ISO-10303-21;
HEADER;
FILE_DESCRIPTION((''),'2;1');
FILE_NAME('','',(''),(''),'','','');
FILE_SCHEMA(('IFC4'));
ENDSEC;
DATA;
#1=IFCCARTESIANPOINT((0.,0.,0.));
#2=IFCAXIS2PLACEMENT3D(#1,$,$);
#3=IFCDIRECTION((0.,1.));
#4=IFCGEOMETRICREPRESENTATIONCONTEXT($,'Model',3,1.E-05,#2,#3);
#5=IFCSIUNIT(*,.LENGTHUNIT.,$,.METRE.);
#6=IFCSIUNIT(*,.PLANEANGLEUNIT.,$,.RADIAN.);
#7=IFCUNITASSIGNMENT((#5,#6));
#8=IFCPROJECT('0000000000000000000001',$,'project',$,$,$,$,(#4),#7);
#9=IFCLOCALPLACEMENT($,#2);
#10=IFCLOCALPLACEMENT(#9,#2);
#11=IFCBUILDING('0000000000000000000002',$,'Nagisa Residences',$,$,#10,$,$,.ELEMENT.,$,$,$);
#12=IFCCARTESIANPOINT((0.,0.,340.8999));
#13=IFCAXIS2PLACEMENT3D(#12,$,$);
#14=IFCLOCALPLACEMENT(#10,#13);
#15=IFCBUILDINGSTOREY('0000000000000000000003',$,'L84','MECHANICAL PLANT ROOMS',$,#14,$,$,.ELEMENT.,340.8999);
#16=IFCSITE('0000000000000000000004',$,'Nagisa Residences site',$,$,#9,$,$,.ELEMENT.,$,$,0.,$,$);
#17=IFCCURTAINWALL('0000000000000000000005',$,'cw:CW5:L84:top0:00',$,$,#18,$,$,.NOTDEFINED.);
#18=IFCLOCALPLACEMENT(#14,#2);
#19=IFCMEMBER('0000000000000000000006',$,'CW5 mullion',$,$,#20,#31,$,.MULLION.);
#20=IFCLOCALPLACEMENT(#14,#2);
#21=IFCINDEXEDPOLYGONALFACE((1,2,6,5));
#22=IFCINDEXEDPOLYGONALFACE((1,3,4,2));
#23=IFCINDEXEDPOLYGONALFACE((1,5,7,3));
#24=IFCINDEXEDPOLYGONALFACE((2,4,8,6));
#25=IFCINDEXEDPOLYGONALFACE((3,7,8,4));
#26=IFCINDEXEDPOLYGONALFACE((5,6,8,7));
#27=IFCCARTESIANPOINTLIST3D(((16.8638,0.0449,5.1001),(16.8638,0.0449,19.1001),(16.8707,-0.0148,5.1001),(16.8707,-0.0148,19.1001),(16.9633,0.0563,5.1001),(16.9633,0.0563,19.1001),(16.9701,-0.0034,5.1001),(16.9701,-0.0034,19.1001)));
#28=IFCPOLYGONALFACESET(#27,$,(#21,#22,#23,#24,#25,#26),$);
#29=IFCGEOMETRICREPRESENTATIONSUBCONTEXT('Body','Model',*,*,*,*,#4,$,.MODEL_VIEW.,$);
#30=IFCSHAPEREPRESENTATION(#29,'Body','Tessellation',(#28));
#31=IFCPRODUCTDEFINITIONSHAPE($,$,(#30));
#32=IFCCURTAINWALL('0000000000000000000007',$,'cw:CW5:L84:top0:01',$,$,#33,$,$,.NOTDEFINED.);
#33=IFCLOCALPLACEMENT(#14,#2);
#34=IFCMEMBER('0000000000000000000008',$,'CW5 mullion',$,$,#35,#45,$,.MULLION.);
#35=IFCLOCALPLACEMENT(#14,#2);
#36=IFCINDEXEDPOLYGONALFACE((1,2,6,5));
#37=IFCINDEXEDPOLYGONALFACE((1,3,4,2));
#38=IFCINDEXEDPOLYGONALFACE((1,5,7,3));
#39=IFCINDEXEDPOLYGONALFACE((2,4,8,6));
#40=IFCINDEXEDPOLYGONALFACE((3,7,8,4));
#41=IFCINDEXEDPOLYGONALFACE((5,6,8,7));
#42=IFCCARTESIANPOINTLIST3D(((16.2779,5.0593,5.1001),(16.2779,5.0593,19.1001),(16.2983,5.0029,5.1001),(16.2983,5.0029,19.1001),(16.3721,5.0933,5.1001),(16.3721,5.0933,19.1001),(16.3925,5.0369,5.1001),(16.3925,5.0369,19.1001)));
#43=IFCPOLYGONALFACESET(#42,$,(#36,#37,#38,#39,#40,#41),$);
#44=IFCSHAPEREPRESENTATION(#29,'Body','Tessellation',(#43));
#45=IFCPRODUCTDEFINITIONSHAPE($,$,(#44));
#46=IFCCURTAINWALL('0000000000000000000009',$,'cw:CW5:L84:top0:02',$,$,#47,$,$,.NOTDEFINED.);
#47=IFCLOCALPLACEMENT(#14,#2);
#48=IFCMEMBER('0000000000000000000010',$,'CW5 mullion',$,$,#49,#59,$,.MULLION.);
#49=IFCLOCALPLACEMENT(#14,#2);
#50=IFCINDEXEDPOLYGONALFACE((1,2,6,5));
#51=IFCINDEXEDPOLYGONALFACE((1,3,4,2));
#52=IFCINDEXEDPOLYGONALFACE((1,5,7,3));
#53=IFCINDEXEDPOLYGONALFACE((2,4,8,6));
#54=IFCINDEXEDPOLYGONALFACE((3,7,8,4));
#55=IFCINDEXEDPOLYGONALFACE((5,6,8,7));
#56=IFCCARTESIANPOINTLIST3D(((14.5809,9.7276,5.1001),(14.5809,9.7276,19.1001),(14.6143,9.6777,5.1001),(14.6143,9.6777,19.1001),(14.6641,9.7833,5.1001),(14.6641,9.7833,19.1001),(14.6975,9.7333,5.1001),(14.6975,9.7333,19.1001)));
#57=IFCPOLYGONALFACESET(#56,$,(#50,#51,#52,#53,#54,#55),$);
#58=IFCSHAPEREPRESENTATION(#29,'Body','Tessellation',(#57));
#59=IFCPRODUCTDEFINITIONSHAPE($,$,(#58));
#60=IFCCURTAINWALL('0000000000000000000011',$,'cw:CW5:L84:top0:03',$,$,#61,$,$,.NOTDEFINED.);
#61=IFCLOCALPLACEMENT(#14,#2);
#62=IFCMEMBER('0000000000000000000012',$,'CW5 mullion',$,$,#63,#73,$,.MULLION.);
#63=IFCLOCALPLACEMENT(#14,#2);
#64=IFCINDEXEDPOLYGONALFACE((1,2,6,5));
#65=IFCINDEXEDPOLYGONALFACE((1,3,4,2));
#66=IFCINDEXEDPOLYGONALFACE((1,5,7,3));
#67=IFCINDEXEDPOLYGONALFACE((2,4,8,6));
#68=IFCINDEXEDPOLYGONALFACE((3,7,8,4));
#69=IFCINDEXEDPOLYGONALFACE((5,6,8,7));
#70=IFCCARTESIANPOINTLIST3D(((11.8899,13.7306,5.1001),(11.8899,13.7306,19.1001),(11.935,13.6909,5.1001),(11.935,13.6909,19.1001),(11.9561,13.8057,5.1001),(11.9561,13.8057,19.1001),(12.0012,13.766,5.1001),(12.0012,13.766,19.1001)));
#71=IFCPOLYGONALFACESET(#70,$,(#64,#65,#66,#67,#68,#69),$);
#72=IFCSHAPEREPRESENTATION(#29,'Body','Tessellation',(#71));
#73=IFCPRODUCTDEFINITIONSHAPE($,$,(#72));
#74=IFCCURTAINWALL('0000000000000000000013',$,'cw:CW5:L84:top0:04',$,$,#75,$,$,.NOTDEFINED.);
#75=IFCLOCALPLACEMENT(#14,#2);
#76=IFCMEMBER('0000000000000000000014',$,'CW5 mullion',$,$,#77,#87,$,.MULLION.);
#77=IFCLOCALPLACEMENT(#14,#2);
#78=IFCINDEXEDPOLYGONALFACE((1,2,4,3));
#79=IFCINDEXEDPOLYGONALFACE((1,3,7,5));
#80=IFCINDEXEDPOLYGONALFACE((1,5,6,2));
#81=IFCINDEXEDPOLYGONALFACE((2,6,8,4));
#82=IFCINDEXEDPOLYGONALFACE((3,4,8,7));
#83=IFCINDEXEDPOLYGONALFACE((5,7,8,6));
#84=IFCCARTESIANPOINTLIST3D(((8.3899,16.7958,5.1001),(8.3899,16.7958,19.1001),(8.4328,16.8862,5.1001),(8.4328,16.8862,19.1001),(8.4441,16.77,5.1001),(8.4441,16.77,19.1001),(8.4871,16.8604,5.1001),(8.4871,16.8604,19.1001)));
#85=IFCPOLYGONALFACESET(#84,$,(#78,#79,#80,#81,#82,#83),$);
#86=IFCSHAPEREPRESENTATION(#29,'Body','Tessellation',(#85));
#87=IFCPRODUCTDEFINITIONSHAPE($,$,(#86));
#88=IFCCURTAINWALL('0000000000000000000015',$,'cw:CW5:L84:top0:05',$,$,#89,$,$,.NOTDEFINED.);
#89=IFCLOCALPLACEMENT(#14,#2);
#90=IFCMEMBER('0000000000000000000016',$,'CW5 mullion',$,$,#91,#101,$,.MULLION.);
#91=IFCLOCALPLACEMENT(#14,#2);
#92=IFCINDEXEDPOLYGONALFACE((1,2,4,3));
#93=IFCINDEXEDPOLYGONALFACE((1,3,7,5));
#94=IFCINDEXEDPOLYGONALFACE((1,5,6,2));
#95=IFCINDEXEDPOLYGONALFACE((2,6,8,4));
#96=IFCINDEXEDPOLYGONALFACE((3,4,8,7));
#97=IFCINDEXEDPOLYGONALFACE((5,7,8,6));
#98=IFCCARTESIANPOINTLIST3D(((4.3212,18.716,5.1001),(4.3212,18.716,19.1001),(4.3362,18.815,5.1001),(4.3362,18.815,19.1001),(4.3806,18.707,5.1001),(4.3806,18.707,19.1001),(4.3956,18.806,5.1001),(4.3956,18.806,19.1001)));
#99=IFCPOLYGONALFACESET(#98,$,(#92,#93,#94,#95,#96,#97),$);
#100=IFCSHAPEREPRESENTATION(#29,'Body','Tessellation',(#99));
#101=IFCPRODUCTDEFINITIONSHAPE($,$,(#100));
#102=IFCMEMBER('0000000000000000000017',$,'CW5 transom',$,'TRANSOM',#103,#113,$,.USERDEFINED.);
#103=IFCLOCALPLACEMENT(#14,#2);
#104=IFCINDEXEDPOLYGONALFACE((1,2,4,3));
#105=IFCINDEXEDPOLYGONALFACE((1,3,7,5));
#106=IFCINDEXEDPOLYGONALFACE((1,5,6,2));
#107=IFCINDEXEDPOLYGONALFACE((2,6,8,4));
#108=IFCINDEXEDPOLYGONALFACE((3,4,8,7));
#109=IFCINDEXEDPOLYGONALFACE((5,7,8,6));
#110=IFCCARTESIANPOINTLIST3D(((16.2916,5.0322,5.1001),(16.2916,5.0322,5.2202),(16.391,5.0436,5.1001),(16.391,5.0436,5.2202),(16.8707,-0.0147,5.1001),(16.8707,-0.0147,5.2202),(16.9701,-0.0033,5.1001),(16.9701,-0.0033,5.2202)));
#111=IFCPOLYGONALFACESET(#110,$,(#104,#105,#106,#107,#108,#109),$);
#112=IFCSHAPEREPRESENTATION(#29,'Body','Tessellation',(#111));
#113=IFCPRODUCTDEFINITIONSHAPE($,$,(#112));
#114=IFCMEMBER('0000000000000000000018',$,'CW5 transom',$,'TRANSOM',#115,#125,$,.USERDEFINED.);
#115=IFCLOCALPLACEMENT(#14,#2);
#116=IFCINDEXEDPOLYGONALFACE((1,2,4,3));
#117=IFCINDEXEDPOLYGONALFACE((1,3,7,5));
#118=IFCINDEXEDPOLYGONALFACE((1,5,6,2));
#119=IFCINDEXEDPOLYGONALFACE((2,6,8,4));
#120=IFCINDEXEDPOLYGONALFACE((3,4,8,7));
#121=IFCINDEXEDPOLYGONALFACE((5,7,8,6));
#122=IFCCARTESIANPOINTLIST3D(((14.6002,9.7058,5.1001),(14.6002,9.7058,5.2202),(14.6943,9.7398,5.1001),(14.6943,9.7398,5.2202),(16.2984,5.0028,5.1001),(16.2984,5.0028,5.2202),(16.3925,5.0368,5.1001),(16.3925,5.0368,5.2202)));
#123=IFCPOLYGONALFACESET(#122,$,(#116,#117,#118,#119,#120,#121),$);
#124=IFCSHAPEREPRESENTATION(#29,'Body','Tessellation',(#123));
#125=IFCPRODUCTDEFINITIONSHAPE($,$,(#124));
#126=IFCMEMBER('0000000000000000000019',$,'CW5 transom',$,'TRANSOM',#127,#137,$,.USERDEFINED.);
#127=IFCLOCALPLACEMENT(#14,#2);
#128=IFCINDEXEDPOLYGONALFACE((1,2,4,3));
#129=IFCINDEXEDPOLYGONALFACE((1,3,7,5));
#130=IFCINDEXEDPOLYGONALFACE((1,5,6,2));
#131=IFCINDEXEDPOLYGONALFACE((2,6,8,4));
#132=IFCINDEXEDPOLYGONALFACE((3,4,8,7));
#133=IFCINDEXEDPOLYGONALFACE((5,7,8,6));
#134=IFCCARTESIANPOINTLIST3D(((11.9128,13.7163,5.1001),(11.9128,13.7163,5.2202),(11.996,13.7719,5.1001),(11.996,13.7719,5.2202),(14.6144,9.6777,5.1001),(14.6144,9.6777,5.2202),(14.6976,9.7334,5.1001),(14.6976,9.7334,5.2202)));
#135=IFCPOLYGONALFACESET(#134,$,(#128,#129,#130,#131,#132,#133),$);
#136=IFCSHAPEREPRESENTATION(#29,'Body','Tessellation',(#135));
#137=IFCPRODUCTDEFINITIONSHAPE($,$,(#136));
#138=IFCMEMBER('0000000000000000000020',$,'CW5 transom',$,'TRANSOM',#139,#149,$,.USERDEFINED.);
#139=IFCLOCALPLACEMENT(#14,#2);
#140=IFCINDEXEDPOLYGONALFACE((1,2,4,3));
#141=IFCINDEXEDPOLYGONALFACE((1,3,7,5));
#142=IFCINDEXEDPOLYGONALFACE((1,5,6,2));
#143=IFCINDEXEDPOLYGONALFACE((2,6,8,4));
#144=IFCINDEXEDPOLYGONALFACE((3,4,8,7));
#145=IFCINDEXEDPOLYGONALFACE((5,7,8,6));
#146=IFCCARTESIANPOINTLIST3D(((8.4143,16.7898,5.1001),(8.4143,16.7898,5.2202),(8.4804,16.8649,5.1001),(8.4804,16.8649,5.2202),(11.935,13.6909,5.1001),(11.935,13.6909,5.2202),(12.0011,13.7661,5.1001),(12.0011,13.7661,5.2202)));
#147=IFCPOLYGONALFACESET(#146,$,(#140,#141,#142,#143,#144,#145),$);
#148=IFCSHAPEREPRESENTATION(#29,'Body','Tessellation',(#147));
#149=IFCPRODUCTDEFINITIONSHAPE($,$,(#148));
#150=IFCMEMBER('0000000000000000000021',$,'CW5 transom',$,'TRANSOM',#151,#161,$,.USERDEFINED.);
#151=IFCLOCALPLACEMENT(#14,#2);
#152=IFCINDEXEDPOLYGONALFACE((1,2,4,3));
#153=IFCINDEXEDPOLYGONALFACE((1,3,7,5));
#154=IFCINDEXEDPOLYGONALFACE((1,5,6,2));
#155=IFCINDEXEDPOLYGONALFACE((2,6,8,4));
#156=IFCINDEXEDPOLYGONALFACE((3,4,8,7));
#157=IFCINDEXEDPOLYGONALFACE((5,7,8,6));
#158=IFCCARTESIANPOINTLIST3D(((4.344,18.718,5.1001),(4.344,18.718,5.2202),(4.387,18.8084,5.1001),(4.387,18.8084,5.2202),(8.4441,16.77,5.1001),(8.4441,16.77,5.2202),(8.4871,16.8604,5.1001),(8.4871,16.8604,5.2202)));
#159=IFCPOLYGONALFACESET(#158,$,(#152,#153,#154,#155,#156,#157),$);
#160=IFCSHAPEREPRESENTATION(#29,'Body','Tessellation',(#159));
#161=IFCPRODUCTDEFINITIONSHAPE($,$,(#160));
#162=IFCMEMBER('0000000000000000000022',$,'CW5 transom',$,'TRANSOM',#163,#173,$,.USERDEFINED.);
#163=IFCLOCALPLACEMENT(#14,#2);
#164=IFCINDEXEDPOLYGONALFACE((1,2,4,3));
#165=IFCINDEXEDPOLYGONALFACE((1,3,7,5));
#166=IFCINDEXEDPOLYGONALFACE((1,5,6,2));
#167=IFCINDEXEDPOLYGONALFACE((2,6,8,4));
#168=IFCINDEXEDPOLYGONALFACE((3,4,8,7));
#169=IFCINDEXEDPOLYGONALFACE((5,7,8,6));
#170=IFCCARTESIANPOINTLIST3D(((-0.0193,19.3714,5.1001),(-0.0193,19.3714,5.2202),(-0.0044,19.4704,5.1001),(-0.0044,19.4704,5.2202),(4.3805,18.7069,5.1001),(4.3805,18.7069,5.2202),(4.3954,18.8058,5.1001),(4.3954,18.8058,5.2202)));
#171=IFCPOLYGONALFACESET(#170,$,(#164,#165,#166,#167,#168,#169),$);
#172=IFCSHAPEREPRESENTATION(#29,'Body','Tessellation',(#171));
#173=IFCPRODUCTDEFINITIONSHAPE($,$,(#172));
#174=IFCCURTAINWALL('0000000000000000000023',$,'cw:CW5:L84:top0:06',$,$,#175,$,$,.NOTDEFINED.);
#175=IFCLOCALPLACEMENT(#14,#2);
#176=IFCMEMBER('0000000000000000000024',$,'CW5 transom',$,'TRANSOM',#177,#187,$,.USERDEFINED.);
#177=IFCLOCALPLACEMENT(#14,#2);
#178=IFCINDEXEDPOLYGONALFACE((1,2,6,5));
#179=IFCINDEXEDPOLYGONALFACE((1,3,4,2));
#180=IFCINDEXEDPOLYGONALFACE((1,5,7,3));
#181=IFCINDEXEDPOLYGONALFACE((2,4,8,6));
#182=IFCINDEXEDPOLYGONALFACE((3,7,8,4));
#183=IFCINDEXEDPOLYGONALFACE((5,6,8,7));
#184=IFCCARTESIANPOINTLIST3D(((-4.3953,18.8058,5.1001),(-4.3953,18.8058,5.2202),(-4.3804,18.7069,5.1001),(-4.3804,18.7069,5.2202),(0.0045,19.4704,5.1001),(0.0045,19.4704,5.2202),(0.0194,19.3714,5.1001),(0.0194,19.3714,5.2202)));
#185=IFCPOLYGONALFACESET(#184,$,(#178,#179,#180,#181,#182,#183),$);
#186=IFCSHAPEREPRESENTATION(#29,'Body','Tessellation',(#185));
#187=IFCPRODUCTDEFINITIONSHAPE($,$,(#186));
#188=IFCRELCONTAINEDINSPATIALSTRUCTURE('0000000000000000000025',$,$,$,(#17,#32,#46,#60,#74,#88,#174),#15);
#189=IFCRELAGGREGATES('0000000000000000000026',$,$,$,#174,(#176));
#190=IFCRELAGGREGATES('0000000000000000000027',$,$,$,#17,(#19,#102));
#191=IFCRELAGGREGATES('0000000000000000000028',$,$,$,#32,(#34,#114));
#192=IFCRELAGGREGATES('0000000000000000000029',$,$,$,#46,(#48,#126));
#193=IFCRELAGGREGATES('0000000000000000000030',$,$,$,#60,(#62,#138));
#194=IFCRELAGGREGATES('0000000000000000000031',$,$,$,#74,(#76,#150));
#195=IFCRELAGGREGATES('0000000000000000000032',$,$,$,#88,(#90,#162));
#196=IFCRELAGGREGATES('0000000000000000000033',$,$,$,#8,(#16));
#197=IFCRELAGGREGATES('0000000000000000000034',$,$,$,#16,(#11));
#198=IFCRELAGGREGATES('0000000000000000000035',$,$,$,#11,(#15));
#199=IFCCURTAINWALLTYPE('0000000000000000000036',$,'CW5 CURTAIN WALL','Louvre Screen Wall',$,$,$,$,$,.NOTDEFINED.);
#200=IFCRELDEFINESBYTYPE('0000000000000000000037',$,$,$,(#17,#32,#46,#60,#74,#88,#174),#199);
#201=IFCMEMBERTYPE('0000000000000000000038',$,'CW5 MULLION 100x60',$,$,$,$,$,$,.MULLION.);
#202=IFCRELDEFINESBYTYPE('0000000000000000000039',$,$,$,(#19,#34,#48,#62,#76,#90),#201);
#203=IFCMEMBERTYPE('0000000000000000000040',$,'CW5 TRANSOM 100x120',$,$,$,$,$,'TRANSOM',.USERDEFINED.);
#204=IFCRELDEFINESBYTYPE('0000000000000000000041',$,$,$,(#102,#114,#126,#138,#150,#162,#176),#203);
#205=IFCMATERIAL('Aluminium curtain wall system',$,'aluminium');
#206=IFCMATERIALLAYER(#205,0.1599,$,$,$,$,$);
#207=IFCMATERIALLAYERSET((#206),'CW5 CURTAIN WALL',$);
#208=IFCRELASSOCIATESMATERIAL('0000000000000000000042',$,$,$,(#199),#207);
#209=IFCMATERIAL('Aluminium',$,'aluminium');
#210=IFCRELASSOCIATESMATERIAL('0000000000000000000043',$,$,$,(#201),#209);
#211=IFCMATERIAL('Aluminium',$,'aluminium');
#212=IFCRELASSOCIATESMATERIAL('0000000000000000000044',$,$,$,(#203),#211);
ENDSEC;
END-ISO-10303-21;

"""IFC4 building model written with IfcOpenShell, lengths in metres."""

from ifc_helpers import new_model, si_unit, direction, frame, origin, origin_2d, place, context, subcontext, project, spatial, rectangle, extrude, material, layer, layer_set, material_profile, profile_set, type_object, element, aggregate, save


model = new_model("IFC4")

# Units and contexts
model_context = context("Model", 3, precision=1e-05, world=origin(), true_north=direction((0.0, 1.0)))
body_context = subcontext(model_context, "Body", "Model", "MODEL_VIEW")
ifc_project = project(units=[si_unit("LENGTHUNIT", "METRE"), si_unit("PLANEANGLEUNIT", "RADIAN")], contexts=[model_context])

# Site, building, storey
site_placement = place(None, origin())
site = spatial("IfcSite", under=ifc_project, at=site_placement, Name="Nagisa Residences site", CompositionType="ELEMENT", RefElevation=0.0)
building_placement = place(site_placement, origin())
building = spatial("IfcBuilding", under=site, at=building_placement, Name="Nagisa Residences", CompositionType="ELEMENT")
storey_placement = place(building_placement, frame((0.0, 0.0, 340.8999)))
storey = spatial("IfcBuildingStorey", under=building, at=storey_placement, Name="L84", Description="MECHANICAL PLANT ROOMS", CompositionType="ELEMENT", Elevation=340.8999)

# Curtain walls, members
ifc_material_1 = material(Name="Aluminium curtain wall system", Category="aluminium")
ifc_layer_1 = layer(ifc_material_1, 0.1599)
ifc_layer_set_1 = layer_set([ifc_layer_1], Name="CW5 CURTAIN WALL")
curtain_wall_type = type_object("IfcCurtainWallType", Name="CW5 CURTAIN WALL", Description="Louvre Screen Wall", PredefinedType="NOTDEFINED", material=ifc_layer_set_1)
curtain_wall_1_placement = place(storey_placement, origin())
curtain_wall_1 = element("IfcCurtainWall", 1, at=curtain_wall_1_placement, inside=storey, type_object=curtain_wall_type, Name="cw:CW5:L84:top0:00", PredefinedType="NOTDEFINED")
ifc_material_2 = material(Name="Aluminium", Category="aluminium")
ifc_material_profile_1 = material_profile(ifc_material_2, rectangle(XDim=0.1001, YDim=0.0601, at=origin_2d()), Name="CW5 MULLION 100x60")
ifc_profile_set_1 = profile_set([ifc_material_profile_1], Name="Aluminium")
member_type_1 = type_object("IfcMemberType", Name="CW5 MULLION 100x60", PredefinedType="MULLION", material=ifc_profile_set_1)
member_1_placement = place(storey_placement, frame((16.917, 0.0208, 5.1001), z_axis=(0.0, 0.0, 1.0), x_axis=(-0.993478, -0.114025, 0.0)))
member_1 = element("IfcMember", 2, at=member_1_placement, type_object=member_type_1, Name="CW5 mullion", PredefinedType="MULLION", context=body_context, shape_type="SweptSolid", body=[
    extrude(rectangle(XDim=0.1001, YDim=0.0601, at=origin_2d()), origin(), (0.0, 0.0, 1.0), 14.0),
])
curtain_wall_2_placement = place(storey_placement, origin())
curtain_wall_2 = element("IfcCurtainWall", 3, at=curtain_wall_2_placement, inside=storey, type_object=curtain_wall_type, Name="cw:CW5:L84:top0:01", PredefinedType="NOTDEFINED")
member_2_placement = place(storey_placement, frame((16.3352, 5.0481, 5.1001), z_axis=(0.0, 0.0, 1.0), x_axis=(-0.940554, -0.339643, 0.0)))
member_2 = element("IfcMember", 4, at=member_2_placement, type_object=member_type_1, Name="CW5 mullion", PredefinedType="MULLION", context=body_context, shape_type="SweptSolid", body=[
    extrude(rectangle(XDim=0.1001, YDim=0.0601, at=origin_2d()), origin(), (0.0, 0.0, 1.0), 14.0),
])
curtain_wall_3_placement = place(storey_placement, origin())
curtain_wall_3 = element("IfcCurtainWall", 5, at=curtain_wall_3_placement, inside=storey, type_object=curtain_wall_type, Name="cw:CW5:L84:top0:02", PredefinedType="NOTDEFINED")
member_3_placement = place(storey_placement, frame((14.6392, 9.7305, 5.1001), z_axis=(0.0, 0.0, 1.0), x_axis=(-0.831173, -0.556014, 0.0)))
member_3 = element("IfcMember", 6, at=member_3_placement, type_object=member_type_1, Name="CW5 mullion", PredefinedType="MULLION", context=body_context, shape_type="SweptSolid", body=[
    extrude(rectangle(XDim=0.1001, YDim=0.0601, at=origin_2d()), origin(), (0.0, 0.0, 1.0), 14.0),
])
curtain_wall_4_placement = place(storey_placement, origin())
curtain_wall_4 = element("IfcCurtainWall", 7, at=curtain_wall_4_placement, inside=storey, type_object=curtain_wall_type, Name="cw:CW5:L84:top0:03", PredefinedType="NOTDEFINED")
member_4_placement = place(storey_placement, frame((11.9456, 13.7483, 5.1001), z_axis=(0.0, 0.0, 1.0), x_axis=(-0.660699, -0.750651, 0.0)))
member_4 = element("IfcMember", 8, at=member_4_placement, type_object=member_type_1, Name="CW5 mullion", PredefinedType="MULLION", context=body_context, shape_type="SweptSolid", body=[
    extrude(rectangle(XDim=0.1001, YDim=0.0601, at=origin_2d()), origin(), (0.0, 0.0, 1.0), 14.0),
])
curtain_wall_5_placement = place(storey_placement, origin())
curtain_wall_5 = element("IfcCurtainWall", 9, at=curtain_wall_5_placement, inside=storey, type_object=curtain_wall_type, Name="cw:CW5:L84:top0:04", PredefinedType="NOTDEFINED")
member_5_placement = place(storey_placement, frame((8.4385, 16.8281, 5.1001), z_axis=(0.0, 0.0, 1.0), x_axis=(-0.429151, -0.903233, 0.0)))
member_5 = element("IfcMember", 10, at=member_5_placement, type_object=member_type_1, Name="CW5 mullion", PredefinedType="MULLION", context=body_context, shape_type="SweptSolid", body=[
    extrude(rectangle(XDim=0.1001, YDim=0.0601, at=origin_2d()), origin(), (0.0, 0.0, 1.0), 14.0),
])
curtain_wall_6_placement = place(storey_placement, origin())
curtain_wall_6 = element("IfcCurtainWall", 11, at=curtain_wall_6_placement, inside=storey, type_object=curtain_wall_type, Name="cw:CW5:L84:top0:05", PredefinedType="NOTDEFINED")
member_6_placement = place(storey_placement, frame((4.3584, 18.761, 5.1001), z_axis=(0.0, 0.0, 1.0), x_axis=(-0.14932, -0.988789, 0.0)))
member_6 = element("IfcMember", 12, at=member_6_placement, type_object=member_type_1, Name="CW5 mullion", PredefinedType="MULLION", context=body_context, shape_type="SweptSolid", body=[
    extrude(rectangle(XDim=0.1001, YDim=0.0601, at=origin_2d()), origin(), (0.0, 0.0, 1.0), 14.0),
])

# Members
ifc_material_3 = material(Name="Aluminium", Category="aluminium")
ifc_material_profile_2 = material_profile(ifc_material_3, rectangle(XDim=0.1001, YDim=0.1201, at=origin_2d()), Name="CW5 TRANSOM 100x120")
ifc_profile_set_2 = profile_set([ifc_material_profile_2], Name="Aluminium")
member_type_2 = type_object("IfcMemberType", Name="CW5 TRANSOM 100x120", ElementType="TRANSOM", PredefinedType="USERDEFINED", material=ifc_profile_set_2)
member_7_placement = place(storey_placement, frame((16.9204, -0.009, 5.1602), z_axis=(-0.113997, 0.993481, 0.0), x_axis=(-0.993481, -0.113997, 0.0)))
member_7 = element("IfcMember", 13, at=member_7_placement, type_object=member_type_2, Name="CW5 transom", ObjectType="TRANSOM", PredefinedType="USERDEFINED", context=body_context, shape_type="SweptSolid", body=[
    extrude(rectangle(XDim=0.1001, YDim=0.1201, at=origin_2d()), origin(), (0.0, 0.0, 1.0), 5.0801),
])
member_8_placement = place(storey_placement, frame((16.3455, 5.0198, 5.1602), z_axis=(-0.339625, 0.940561, 0.0), x_axis=(-0.940561, -0.339625, 0.0)))
member_8 = element("IfcMember", 14, at=member_8_placement, type_object=member_type_2, Name="CW5 transom", ObjectType="TRANSOM", PredefinedType="USERDEFINED", context=body_context, shape_type="SweptSolid", body=[
    extrude(rectangle(XDim=0.1001, YDim=0.1201, at=origin_2d()), origin(), (0.0, 0.0, 1.0), 5.0002),
])
member_9_placement = place(storey_placement, frame((14.656, 9.7056, 5.1602), z_axis=(-0.556021, 0.831168, 0.0), x_axis=(-0.831168, -0.556021, 0.0)))
member_9 = element("IfcMember", 15, at=member_9_placement, type_object=member_type_2, Name="CW5 transom", ObjectType="TRANSOM", PredefinedType="USERDEFINED", context=body_context, shape_type="SweptSolid", body=[
    extrude(rectangle(XDim=0.1001, YDim=0.1201, at=origin_2d()), origin(), (0.0, 0.0, 1.0), 4.8589),
])
member_10_placement = place(storey_placement, frame((11.968, 13.7285, 5.1602), z_axis=(-0.750648, 0.660702, 0.0), x_axis=(-0.660702, -0.750648, 0.0)))
member_10 = element("IfcMember", 16, at=member_10_placement, type_object=member_type_2, Name="CW5 transom", ObjectType="TRANSOM", PredefinedType="USERDEFINED", context=body_context, shape_type="SweptSolid", body=[
    extrude(rectangle(XDim=0.1001, YDim=0.1201, at=origin_2d()), origin(), (0.0, 0.0, 1.0), 4.6902),
])
member_11_placement = place(storey_placement, frame((8.4656, 16.8152, 5.1602), z_axis=(-0.903239, 0.429138, 0.0), x_axis=(-0.429138, -0.903239, 0.0)))
member_11 = element("IfcMember", 17, at=member_11_placement, type_object=member_type_2, Name="CW5 transom", ObjectType="TRANSOM", PredefinedType="USERDEFINED", context=body_context, shape_type="SweptSolid", body=[
    extrude(rectangle(XDim=0.1001, YDim=0.1201, at=origin_2d()), origin(), (0.0, 0.0, 1.0), 4.5393),
])
member_12_placement = place(storey_placement, frame((4.3879, 18.7563, 5.1602), z_axis=(-0.988785, 0.149344, 0.0), x_axis=(-0.149344, -0.988785, 0.0)))
member_12 = element("IfcMember", 18, at=member_12_placement, type_object=member_type_2, Name="CW5 transom", ObjectType="TRANSOM", PredefinedType="USERDEFINED", context=body_context, shape_type="SweptSolid", body=[
    extrude(rectangle(XDim=0.1001, YDim=0.1201, at=origin_2d()), origin(), (0.0, 0.0, 1.0), 4.4497),
])

# Curtain wall, member
curtain_wall_7_placement = place(storey_placement, origin())
curtain_wall_7 = element("IfcCurtainWall", 19, at=curtain_wall_7_placement, inside=storey, type_object=curtain_wall_type, Name="cw:CW5:L84:top0:06", PredefinedType="NOTDEFINED")
member_13_placement = place(storey_placement, frame((0.012, 19.4209, 5.1602), z_axis=(-0.988785, -0.149344, 0.0), x_axis=(0.149344, -0.988785, 0.0)))
member_13 = element("IfcMember", 20, at=member_13_placement, type_object=member_type_2, Name="CW5 transom", ObjectType="TRANSOM", PredefinedType="USERDEFINED", context=body_context, shape_type="SweptSolid", body=[
    extrude(rectangle(XDim=0.1001, YDim=0.1201, at=origin_2d()), origin(), (0.0, 0.0, 1.0), 4.4497),
])
aggregate(curtain_wall_7, [member_13])

aggregate(curtain_wall_1, [member_1, member_7])
aggregate(curtain_wall_2, [member_2, member_8])
aggregate(curtain_wall_3, [member_3, member_9])
aggregate(curtain_wall_4, [member_4, member_10])
aggregate(curtain_wall_5, [member_5, member_11])
aggregate(curtain_wall_6, [member_6, member_12])

save(model, "model.ifc")
